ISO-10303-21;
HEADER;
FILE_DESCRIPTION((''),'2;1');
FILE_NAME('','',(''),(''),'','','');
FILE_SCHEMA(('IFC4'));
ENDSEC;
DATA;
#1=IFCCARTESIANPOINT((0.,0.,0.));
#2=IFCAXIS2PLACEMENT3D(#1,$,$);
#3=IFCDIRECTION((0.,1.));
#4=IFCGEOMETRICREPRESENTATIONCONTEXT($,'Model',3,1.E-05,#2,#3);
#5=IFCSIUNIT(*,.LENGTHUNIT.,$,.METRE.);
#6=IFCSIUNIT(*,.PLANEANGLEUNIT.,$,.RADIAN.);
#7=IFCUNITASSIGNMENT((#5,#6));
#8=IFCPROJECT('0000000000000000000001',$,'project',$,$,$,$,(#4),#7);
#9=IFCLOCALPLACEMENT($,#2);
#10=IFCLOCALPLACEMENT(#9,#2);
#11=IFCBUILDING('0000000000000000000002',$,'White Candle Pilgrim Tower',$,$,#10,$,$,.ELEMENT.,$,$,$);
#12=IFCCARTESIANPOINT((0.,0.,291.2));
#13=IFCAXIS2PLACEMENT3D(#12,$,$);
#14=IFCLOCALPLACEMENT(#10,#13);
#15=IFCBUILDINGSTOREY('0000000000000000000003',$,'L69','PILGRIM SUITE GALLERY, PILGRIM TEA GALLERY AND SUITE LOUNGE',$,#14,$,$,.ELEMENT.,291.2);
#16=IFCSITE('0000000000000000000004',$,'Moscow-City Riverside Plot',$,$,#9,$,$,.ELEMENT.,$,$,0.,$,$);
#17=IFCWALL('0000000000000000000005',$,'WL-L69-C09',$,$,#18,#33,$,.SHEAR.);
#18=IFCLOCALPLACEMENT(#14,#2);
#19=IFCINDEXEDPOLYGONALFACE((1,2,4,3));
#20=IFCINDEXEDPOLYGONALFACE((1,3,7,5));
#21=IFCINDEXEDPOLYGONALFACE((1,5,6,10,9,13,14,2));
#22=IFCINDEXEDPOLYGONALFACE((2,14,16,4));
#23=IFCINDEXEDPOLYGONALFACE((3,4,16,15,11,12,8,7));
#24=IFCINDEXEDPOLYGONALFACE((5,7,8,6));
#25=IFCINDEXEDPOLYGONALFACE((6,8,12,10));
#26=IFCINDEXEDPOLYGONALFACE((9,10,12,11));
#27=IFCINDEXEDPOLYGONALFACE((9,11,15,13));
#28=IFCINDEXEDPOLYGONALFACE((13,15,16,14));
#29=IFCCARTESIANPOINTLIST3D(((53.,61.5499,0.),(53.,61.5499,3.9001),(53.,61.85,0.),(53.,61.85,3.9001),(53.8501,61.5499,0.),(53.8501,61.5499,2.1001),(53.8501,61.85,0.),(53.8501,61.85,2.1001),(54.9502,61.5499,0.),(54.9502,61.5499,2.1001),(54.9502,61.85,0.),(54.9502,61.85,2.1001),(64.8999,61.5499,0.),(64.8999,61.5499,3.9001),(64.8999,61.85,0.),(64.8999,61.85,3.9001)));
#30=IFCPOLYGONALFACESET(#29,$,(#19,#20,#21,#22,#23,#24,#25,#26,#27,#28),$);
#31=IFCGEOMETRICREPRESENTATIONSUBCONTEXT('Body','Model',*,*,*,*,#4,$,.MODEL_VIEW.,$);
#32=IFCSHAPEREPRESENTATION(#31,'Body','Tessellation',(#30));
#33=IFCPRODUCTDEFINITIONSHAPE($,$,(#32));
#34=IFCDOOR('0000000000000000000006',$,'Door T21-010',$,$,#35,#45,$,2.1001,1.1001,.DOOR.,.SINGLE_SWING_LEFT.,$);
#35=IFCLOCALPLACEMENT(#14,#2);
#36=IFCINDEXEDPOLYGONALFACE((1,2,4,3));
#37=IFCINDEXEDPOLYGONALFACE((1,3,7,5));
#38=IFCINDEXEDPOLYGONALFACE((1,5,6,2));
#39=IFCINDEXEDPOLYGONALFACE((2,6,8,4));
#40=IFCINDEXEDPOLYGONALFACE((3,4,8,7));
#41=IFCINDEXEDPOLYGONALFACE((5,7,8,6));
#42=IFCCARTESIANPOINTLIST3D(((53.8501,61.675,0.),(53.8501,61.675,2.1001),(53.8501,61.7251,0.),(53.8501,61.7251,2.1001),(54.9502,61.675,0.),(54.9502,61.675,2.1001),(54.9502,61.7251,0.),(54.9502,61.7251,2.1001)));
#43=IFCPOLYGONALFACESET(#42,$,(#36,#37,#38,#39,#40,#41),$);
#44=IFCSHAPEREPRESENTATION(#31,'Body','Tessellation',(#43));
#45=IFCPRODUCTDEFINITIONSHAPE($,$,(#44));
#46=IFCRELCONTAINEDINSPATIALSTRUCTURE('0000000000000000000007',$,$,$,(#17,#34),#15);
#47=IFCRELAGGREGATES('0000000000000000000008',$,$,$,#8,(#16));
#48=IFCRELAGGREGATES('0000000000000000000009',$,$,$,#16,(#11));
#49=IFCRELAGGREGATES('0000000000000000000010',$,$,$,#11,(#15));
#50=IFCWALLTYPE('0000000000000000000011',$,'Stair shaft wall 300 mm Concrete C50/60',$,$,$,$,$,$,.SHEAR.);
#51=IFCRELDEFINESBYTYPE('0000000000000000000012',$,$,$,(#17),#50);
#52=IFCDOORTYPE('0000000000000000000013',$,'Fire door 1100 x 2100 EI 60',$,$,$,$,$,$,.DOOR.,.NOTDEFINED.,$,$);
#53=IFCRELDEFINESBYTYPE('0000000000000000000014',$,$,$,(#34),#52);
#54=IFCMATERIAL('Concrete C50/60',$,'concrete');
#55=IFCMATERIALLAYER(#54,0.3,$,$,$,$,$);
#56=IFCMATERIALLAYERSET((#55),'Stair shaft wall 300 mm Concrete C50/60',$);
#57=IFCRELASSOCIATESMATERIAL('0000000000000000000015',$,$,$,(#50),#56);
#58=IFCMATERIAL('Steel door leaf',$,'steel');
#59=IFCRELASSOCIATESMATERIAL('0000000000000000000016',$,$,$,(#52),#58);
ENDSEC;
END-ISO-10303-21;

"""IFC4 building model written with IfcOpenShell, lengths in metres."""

from ifc_helpers import new_model, si_unit, direction, frame, frame_2d, origin, place, context, subcontext, project, spatial, rectangle, extrude, material, layer, layer_set, type_object, element, fill, save


model = new_model("IFC4")

# Units and contexts
model_context = context("Model", 3, precision=1e-05, world=origin(), true_north=direction((0.0, 1.0)))
body_context = subcontext(model_context, "Body", "Model", "MODEL_VIEW")
ifc_project = project(units=[si_unit("LENGTHUNIT", "METRE"), si_unit("PLANEANGLEUNIT", "RADIAN")], contexts=[model_context])

# Site, building, storey
site_placement = place(None, origin())
site = spatial("IfcSite", under=ifc_project, at=site_placement, Name="Moscow-City Riverside Plot", CompositionType="ELEMENT", RefElevation=0.0)
building_placement = place(site_placement, origin())
building = spatial("IfcBuilding", under=site, at=building_placement, Name="White Candle Pilgrim Tower", CompositionType="ELEMENT")
storey_placement = place(building_placement, frame((0.0, 0.0, 291.2)))
storey = spatial("IfcBuildingStorey", under=building, at=storey_placement, Name="L69", Description="PILGRIM SUITE GALLERY, PILGRIM TEA GALLERY AND SUITE LOUNGE", CompositionType="ELEMENT", Elevation=291.2)

# Shared definitions
ifc_material_1 = material(Name="Concrete C50/60", Category="concrete")

# Shared definitions
ifc_material_2 = material(Name="Steel door leaf", Category="steel")

# Shared definitions
ifc_layer_1 = layer(ifc_material_1, 0.3)
ifc_layer_set_1 = layer_set([ifc_layer_1], Name="Stair shaft wall 300 mm Concrete C50/60")
wall_type_1 = type_object("IfcWallType", Name="Stair shaft wall 300 mm Concrete C50/60", PredefinedType="SHEAR", material=ifc_layer_set_1)

# Wall, opening, door
wall_1_placement = place(storey_placement, frame((53.0, 61.7, 0.0), z_axis=(0.0, 0.0, 1.0), x_axis=(1.0, 0.0, 0.0)))
wall_1 = element("IfcWall", 1, at=wall_1_placement, inside=storey, type_object=wall_type_1, Name="WL-L69-C09", PredefinedType="SHEAR", context=body_context, shape_type="SweptSolid", body=[
    extrude(rectangle(XDim=11.8999, YDim=0.3, at=frame_2d((5.95, 0.0))), origin(), (0.0, 0.0, 1.0), 3.9001),
])
opening_1_placement = place(wall_1_placement, frame((0.8501, 0.0, 0.0)))
opening_1 = element("IfcOpeningElement", 2, at=opening_1_placement, cuts=wall_1, PredefinedType="OPENING", context=body_context, shape_type="SweptSolid", body=[
    extrude(rectangle(XDim=1.1001, YDim=2.1001, at=frame_2d((0.55, 1.05))), frame((0.0, 0.1599, 0.0), z_axis=(0.0, -1.0, 0.0), x_axis=(1.0, 0.0, 0.0)), (0.0, 0.0, 1.0), 0.3201),
])
door_type_1 = type_object("IfcDoorType", Name="Fire door 1100 x 2100 EI 60", OperationType="NOTDEFINED", PredefinedType="DOOR", material=ifc_material_2)
door_1_placement = place(opening_1_placement, frame((1.1001, 0.0, 0.0), z_axis=(0.0, 0.0, 1.0), x_axis=(-1.0, 0.0, 0.0)))
door_1 = element("IfcDoor", 3, at=door_1_placement, inside=storey, type_object=door_type_1, Name="Door T21-010", OperationType="SINGLE_SWING_LEFT", OverallHeight=2.1001, OverallWidth=1.1001, PredefinedType="DOOR", context=body_context, shape_type="SweptSolid", body=[
    extrude(rectangle(XDim=1.1001, YDim=2.1001, at=frame_2d((0.55, 1.05))), frame((0.0, 0.0249, 0.0), z_axis=(0.0, -1.0, 0.0), x_axis=(1.0, 0.0, 0.0)), (0.0, 0.0, 1.0), 0.05),
])
fill(opening_1, door_1)

save(model, "model.ifc")
